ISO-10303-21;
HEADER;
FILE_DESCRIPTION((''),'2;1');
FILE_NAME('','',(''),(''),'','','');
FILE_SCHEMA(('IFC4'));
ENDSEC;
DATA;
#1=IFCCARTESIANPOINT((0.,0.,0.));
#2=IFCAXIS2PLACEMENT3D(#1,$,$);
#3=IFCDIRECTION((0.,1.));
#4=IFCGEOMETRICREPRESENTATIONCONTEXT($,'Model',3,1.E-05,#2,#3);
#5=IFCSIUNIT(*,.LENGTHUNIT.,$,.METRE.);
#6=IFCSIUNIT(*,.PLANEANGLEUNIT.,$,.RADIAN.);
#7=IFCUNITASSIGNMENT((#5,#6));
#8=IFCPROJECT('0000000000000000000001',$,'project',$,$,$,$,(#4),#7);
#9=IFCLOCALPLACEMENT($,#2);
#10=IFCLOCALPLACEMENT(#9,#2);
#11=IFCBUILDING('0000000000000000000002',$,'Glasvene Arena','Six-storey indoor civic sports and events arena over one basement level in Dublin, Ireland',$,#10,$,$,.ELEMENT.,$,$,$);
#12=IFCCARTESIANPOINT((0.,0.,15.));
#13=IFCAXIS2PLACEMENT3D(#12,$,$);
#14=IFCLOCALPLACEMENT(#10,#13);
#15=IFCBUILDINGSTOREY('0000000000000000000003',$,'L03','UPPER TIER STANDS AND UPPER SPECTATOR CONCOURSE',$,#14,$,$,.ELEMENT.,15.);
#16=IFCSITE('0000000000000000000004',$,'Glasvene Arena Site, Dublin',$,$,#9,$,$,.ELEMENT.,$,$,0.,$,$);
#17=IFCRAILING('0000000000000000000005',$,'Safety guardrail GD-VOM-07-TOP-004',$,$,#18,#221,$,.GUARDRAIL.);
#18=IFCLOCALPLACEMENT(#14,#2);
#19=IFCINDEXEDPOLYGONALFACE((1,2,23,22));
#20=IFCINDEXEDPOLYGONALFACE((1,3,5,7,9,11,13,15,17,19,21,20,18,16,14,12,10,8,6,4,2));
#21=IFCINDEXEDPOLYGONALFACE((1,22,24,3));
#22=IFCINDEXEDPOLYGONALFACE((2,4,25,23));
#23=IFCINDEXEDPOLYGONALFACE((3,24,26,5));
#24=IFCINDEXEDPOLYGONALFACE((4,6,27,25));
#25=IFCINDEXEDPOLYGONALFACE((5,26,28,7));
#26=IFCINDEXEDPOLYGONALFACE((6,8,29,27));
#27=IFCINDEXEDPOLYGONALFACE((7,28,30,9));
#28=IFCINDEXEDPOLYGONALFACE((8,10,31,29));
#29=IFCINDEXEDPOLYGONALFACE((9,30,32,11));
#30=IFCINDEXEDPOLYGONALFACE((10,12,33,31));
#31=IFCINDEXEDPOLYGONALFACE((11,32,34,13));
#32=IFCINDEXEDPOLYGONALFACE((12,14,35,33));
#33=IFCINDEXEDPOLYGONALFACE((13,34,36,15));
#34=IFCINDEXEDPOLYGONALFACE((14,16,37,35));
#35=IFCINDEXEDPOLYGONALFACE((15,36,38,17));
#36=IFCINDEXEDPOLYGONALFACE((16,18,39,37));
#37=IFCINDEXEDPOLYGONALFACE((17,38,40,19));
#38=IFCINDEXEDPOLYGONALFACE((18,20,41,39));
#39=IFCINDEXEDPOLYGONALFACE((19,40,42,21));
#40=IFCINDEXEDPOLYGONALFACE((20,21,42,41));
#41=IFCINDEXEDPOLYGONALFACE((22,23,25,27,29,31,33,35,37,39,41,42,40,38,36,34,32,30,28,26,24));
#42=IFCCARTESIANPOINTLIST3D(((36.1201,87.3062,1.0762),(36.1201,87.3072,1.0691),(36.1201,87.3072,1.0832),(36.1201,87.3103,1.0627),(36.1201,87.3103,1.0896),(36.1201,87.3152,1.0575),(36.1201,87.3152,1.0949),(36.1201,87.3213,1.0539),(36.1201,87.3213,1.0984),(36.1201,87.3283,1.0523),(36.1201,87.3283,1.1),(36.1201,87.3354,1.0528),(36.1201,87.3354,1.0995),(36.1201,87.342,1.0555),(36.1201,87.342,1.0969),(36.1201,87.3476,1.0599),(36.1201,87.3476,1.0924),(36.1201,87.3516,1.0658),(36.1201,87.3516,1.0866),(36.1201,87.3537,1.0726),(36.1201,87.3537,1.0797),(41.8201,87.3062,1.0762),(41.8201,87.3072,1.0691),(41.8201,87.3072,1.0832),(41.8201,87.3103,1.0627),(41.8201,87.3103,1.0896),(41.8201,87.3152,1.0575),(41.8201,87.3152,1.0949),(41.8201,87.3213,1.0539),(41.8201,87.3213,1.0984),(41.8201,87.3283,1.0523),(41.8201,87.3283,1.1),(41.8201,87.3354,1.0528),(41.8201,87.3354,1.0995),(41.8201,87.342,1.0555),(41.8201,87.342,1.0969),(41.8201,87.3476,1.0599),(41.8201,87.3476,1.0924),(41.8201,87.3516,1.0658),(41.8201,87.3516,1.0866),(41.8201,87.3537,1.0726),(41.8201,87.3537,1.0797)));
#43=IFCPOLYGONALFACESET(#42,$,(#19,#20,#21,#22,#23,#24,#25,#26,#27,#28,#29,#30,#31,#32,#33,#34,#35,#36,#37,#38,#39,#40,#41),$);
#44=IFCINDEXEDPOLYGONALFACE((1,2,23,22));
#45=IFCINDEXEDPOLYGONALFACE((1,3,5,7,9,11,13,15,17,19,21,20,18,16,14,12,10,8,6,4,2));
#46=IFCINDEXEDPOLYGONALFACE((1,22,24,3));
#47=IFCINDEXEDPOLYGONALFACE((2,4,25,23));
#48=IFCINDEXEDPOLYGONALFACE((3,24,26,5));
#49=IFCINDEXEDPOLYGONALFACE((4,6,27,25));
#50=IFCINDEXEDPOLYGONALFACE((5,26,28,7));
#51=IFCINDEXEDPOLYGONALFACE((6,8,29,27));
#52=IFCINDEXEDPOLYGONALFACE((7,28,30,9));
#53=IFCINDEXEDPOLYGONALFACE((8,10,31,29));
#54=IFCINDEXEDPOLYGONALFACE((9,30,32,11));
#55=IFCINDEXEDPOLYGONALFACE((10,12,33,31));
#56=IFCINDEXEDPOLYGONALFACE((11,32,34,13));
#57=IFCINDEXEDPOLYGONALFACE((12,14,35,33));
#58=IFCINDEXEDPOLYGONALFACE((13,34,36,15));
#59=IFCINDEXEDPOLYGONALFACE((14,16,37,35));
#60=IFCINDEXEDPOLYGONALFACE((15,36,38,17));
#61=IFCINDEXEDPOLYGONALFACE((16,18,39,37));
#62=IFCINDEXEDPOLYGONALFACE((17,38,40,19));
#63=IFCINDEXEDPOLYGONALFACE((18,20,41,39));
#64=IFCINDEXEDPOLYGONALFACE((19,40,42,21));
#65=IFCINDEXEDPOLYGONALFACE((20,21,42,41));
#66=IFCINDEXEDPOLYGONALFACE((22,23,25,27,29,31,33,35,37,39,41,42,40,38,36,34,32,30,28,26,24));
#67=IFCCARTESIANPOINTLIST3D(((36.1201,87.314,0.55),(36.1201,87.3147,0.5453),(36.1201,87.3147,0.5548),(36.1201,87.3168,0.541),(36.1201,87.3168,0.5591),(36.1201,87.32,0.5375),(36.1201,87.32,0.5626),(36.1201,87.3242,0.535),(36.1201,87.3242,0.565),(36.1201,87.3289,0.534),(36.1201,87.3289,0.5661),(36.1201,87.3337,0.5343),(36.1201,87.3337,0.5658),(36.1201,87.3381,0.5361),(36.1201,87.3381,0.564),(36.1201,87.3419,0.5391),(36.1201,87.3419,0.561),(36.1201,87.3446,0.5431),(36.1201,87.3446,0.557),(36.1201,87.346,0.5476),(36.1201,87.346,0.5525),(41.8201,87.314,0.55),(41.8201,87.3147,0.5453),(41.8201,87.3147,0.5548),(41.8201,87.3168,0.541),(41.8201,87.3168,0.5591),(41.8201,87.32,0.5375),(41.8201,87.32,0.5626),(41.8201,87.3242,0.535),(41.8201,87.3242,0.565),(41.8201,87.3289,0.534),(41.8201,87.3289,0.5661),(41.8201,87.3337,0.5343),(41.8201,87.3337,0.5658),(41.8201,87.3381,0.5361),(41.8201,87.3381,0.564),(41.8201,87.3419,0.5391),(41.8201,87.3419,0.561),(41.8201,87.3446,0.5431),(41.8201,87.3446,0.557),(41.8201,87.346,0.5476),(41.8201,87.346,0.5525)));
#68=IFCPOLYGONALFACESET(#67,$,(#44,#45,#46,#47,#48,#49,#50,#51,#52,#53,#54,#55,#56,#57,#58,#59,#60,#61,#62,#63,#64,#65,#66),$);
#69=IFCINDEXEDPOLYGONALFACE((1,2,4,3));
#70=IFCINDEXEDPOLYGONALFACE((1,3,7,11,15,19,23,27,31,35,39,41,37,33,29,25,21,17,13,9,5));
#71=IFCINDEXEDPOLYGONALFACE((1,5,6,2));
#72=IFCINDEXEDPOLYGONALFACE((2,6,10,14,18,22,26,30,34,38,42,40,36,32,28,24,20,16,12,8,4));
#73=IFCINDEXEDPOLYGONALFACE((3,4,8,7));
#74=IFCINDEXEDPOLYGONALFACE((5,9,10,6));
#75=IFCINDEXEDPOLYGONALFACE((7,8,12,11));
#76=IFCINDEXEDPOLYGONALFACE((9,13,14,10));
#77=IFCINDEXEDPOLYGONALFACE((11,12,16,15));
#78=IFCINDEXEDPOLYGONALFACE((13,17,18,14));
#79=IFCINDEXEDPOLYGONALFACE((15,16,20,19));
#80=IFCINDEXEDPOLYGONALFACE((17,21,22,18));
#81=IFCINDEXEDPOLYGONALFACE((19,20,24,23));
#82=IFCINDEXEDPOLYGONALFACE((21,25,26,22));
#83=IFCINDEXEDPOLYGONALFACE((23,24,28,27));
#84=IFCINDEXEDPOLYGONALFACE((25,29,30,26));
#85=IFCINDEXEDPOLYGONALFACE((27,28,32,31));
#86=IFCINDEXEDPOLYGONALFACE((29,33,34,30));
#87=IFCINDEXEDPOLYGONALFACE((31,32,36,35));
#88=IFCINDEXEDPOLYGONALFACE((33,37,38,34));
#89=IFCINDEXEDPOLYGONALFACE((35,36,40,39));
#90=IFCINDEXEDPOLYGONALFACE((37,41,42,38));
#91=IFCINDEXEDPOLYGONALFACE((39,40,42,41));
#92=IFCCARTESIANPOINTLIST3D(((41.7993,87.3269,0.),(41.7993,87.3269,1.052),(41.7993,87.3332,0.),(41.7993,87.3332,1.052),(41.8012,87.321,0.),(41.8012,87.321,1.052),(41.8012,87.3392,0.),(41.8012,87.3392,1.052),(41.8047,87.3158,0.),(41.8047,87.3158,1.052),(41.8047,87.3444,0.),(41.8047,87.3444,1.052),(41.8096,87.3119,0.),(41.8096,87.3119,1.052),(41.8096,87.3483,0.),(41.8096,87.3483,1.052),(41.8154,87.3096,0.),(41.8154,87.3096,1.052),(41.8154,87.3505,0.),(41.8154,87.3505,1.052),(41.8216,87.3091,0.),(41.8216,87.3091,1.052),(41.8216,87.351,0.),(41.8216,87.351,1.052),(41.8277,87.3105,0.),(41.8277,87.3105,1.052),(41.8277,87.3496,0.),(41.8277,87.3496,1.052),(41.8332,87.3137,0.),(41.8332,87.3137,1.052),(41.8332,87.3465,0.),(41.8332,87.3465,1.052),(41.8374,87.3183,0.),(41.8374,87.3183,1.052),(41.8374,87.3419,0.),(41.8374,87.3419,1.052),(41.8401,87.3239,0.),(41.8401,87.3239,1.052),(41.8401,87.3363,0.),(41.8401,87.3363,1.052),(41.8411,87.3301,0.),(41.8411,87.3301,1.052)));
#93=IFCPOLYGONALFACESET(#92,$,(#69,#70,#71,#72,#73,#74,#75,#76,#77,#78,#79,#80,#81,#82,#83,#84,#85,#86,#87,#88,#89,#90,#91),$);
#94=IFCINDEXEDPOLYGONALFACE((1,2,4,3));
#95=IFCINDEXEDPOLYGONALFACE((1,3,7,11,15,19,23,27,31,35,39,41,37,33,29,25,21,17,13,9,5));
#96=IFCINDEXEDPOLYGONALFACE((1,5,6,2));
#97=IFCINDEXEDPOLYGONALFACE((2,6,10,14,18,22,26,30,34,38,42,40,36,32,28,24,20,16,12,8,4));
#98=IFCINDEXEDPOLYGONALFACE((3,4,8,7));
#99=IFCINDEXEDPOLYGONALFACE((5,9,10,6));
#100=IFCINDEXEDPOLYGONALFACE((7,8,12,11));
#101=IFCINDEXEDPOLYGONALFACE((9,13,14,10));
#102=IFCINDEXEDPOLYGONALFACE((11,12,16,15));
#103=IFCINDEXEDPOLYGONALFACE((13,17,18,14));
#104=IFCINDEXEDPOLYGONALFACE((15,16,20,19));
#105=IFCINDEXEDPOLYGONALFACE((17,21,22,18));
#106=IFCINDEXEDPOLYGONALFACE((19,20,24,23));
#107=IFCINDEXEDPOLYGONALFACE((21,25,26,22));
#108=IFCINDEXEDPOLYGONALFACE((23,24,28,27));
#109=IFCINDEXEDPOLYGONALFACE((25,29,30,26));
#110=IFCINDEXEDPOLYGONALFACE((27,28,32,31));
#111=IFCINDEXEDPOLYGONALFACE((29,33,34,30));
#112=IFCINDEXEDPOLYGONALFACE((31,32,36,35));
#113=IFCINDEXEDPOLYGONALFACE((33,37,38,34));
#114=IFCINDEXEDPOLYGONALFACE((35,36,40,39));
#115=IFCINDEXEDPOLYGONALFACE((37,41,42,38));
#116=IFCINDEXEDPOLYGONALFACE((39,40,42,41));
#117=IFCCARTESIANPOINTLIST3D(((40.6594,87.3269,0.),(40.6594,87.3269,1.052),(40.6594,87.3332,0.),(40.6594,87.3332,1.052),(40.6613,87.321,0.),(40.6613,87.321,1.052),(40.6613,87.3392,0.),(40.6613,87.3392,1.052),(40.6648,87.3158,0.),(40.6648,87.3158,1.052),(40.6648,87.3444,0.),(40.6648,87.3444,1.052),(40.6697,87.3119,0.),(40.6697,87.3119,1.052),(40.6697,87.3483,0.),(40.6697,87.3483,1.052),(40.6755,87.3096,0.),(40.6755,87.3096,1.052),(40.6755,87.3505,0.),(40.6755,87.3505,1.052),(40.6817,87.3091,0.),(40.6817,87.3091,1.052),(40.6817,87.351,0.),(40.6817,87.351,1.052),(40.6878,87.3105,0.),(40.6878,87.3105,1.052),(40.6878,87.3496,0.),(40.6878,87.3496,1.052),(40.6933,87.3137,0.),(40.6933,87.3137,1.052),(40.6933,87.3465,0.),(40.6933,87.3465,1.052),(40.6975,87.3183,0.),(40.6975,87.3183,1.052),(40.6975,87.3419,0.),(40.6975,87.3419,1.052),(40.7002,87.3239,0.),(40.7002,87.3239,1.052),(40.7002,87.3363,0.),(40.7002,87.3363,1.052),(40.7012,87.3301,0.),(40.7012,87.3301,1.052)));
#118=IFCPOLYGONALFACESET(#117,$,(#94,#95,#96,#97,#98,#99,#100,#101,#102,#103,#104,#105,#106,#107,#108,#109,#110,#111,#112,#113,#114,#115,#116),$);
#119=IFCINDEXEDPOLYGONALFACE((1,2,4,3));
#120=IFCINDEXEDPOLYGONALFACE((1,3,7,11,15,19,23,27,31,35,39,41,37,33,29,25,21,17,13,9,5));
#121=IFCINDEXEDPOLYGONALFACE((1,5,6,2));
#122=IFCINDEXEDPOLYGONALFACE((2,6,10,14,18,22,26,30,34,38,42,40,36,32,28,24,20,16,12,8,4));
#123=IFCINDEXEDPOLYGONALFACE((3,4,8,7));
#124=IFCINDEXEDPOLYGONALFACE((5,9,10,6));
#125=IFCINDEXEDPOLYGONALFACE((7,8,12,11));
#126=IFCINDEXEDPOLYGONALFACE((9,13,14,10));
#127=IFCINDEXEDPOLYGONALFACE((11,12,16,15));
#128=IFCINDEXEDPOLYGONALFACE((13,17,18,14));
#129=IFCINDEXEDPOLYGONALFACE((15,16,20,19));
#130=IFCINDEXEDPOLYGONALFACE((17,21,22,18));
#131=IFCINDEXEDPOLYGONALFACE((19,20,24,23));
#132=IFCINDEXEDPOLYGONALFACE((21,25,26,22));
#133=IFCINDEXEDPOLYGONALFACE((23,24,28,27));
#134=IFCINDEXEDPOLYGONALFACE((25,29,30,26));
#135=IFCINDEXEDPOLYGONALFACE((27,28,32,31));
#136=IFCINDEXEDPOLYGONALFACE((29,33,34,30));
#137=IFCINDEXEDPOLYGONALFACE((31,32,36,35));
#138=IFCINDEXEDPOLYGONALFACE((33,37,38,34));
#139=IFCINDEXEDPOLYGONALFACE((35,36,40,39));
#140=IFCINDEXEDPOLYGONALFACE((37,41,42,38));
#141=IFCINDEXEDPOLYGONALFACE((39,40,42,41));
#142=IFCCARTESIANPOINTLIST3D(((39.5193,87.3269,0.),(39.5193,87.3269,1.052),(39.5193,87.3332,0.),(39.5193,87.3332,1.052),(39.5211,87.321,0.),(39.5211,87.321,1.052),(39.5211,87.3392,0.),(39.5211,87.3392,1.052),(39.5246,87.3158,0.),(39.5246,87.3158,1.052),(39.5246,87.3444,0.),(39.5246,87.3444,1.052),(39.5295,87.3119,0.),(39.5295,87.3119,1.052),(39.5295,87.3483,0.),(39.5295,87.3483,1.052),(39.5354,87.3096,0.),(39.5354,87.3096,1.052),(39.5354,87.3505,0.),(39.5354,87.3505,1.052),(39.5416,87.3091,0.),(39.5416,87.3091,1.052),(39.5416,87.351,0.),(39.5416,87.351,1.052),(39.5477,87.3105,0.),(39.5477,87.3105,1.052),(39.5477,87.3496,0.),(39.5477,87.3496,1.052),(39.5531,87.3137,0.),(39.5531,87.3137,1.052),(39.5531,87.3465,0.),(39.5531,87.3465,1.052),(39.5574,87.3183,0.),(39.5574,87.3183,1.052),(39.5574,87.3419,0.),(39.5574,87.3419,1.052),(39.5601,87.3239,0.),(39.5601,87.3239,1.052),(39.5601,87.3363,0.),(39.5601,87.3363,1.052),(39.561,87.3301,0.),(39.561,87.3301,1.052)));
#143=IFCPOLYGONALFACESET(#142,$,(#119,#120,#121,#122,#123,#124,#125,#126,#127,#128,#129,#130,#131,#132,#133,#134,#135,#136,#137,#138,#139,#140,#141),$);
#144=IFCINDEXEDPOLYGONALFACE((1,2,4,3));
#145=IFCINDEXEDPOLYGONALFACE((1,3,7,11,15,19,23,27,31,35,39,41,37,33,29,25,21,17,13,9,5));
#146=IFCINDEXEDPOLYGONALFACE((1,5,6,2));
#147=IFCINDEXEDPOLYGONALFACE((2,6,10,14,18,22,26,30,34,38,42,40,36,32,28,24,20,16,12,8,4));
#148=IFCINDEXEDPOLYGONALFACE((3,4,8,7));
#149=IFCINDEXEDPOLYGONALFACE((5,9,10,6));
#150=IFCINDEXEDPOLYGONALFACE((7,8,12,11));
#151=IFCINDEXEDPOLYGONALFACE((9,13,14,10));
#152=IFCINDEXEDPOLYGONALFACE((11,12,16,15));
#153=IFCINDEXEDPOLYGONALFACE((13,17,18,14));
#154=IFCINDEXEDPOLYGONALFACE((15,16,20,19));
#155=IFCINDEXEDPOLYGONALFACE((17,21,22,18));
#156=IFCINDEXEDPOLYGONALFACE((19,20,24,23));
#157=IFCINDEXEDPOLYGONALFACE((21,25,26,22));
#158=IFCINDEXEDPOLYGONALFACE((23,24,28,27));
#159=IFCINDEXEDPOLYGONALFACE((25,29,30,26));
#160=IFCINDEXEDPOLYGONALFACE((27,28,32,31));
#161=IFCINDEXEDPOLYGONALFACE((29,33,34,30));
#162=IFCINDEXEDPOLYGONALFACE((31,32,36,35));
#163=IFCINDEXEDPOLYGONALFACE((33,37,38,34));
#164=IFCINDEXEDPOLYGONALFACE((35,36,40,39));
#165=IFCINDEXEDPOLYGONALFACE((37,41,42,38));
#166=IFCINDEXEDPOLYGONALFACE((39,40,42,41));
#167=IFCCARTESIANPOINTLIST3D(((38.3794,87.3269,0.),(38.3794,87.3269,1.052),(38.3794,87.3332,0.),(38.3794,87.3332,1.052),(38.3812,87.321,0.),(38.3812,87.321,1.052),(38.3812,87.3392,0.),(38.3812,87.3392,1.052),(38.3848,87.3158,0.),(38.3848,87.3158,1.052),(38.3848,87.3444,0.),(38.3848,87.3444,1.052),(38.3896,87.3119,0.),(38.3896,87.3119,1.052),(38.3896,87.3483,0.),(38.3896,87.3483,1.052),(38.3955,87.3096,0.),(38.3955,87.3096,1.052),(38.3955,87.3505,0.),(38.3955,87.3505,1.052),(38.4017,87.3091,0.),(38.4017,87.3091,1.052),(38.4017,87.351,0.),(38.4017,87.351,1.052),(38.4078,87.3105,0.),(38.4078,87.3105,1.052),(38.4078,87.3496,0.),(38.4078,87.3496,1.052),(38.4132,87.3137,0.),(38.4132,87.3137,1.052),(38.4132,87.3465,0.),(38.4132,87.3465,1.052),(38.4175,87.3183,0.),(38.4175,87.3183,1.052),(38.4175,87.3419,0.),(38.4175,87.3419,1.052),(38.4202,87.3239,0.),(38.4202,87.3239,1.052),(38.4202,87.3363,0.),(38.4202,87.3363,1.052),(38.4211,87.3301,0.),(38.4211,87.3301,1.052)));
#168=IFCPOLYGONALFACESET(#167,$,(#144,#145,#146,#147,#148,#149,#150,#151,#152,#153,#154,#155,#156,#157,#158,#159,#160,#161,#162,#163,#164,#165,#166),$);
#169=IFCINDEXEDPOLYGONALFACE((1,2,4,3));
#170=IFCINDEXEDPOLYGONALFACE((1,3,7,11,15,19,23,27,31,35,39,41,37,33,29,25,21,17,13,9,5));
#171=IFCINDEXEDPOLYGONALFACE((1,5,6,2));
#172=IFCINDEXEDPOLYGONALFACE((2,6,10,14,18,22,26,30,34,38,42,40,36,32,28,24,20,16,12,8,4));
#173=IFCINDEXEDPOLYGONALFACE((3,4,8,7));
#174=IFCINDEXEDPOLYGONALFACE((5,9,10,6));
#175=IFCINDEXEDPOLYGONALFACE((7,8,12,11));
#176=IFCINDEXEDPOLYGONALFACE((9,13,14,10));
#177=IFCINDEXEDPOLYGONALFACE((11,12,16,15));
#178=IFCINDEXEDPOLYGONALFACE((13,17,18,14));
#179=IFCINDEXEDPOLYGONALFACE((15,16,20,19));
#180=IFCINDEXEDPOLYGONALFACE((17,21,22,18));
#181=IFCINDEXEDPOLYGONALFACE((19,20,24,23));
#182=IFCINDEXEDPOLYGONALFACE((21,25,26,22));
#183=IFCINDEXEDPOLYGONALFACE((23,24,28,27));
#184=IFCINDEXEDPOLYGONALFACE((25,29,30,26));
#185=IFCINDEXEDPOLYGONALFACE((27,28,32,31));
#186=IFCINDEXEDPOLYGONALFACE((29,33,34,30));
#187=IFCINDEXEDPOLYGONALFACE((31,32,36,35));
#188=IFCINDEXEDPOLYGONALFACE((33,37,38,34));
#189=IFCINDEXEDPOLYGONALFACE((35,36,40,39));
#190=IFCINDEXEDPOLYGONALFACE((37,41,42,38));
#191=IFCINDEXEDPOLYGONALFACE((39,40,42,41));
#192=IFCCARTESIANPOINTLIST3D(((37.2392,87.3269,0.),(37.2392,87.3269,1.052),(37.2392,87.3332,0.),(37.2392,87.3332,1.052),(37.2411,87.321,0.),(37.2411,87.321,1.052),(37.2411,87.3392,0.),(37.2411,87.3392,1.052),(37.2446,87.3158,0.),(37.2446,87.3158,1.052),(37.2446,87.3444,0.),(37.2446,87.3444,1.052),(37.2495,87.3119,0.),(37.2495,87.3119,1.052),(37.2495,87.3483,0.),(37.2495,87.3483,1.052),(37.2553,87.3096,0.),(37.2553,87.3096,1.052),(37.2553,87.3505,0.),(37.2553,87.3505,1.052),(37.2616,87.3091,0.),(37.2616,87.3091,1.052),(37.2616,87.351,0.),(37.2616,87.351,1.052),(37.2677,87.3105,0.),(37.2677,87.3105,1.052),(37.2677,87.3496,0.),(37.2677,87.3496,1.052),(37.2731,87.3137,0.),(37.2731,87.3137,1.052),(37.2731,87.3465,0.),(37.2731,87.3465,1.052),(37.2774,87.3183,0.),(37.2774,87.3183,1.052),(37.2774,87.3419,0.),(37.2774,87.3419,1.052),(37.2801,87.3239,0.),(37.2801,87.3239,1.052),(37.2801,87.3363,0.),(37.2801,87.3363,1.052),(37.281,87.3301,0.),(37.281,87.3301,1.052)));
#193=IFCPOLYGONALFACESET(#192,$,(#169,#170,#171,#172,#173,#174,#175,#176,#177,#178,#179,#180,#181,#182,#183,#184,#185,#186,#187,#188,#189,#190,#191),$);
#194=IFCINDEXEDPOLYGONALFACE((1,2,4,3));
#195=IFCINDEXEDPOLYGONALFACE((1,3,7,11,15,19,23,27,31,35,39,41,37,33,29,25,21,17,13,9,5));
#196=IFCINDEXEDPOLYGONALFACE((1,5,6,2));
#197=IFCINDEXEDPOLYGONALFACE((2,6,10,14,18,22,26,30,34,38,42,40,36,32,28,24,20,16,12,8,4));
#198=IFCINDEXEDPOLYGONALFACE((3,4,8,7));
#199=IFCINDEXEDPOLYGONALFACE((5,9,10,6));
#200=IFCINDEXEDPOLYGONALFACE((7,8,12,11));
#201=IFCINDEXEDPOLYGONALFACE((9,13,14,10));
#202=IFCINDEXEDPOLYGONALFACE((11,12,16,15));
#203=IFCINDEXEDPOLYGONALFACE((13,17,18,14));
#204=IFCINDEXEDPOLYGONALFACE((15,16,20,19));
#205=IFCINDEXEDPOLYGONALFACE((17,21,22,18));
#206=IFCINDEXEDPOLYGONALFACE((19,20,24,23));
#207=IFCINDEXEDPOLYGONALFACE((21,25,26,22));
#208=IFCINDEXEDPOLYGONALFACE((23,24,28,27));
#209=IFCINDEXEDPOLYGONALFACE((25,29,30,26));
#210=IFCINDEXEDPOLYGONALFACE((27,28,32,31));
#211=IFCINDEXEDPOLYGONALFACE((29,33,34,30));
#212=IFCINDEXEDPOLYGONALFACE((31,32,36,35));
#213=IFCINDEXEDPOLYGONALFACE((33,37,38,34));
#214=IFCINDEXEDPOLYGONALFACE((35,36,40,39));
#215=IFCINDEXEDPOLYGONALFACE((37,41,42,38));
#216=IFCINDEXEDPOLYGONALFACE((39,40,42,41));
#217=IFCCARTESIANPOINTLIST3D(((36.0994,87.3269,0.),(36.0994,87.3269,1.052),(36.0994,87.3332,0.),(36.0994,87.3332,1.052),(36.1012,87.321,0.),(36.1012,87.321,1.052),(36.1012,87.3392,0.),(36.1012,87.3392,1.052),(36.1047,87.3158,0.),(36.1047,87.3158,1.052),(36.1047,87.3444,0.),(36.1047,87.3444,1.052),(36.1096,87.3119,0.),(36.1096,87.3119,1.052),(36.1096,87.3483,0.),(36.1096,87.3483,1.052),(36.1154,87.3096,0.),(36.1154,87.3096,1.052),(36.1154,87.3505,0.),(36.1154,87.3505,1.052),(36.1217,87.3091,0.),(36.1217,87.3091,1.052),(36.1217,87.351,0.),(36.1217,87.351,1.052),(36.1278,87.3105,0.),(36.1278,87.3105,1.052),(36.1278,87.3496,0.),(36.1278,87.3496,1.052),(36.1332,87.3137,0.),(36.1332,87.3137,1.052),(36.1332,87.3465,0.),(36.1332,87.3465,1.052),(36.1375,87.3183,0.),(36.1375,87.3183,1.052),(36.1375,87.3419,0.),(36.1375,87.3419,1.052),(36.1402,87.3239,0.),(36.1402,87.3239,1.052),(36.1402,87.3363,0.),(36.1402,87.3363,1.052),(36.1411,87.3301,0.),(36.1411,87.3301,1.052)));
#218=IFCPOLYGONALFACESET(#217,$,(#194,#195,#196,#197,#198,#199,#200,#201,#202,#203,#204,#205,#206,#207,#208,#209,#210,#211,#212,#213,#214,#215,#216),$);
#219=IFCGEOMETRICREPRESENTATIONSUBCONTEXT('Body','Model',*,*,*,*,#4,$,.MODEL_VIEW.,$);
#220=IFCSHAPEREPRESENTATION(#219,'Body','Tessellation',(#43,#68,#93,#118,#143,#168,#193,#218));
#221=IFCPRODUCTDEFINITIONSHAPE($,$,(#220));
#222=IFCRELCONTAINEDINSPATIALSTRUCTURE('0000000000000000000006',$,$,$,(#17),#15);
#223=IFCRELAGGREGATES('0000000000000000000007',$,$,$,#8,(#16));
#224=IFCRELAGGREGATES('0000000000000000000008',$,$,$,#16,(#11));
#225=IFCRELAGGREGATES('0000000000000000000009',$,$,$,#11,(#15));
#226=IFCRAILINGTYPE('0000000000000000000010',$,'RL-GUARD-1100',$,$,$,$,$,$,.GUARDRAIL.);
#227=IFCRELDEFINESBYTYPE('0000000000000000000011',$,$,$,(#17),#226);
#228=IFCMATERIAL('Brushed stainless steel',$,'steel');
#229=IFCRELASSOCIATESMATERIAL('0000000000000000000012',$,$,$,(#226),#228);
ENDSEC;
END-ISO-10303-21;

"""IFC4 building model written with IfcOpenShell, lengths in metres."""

from ifc_helpers import new_model, si_unit, direction, frame, origin, origin_2d, place, context, subcontext, project, spatial, circle, extrude, material, type_object, element, save


model = new_model("IFC4")

# Units and contexts
model_context = context("Model", 3, precision=1e-05, world=origin(), true_north=direction((0.0, 1.0)))
body_context = subcontext(model_context, "Body", "Model", "MODEL_VIEW")
ifc_project = project(units=[si_unit("LENGTHUNIT", "METRE"), si_unit("PLANEANGLEUNIT", "RADIAN")], contexts=[model_context])

# Site, building, storey
site_placement = place(None, origin())
site = spatial("IfcSite", under=ifc_project, at=site_placement, Name="Glasvene Arena Site, Dublin", CompositionType="ELEMENT", RefElevation=0.0)
building_placement = place(site_placement, origin())
building = spatial("IfcBuilding", under=site, at=building_placement, Name="Glasvene Arena", Description="Six-storey indoor civic sports and events arena over one basement level in Dublin, Ireland", CompositionType="ELEMENT")
storey_placement = place(building_placement, frame((0.0, 0.0, 15.0)))
storey = spatial("IfcBuildingStorey", under=building, at=storey_placement, Name="L03", Description="UPPER TIER STANDS AND UPPER SPECTATOR CONCOURSE", CompositionType="ELEMENT", Elevation=15.0)

# Railing
ifc_material_1 = material(Name="Brushed stainless steel", Category="steel")
railing_type_1 = type_object("IfcRailingType", Name="RL-GUARD-1100", PredefinedType="GUARDRAIL", material=ifc_material_1)
railing_1_placement = place(storey_placement, frame((41.8201, 87.3301, 0.0)))
element("IfcRailing", 1, at=railing_1_placement, inside=storey, type_object=railing_type_1, Name="Safety guardrail GD-VOM-07-TOP-004", PredefinedType="GUARDRAIL", context=body_context, shape_type="SweptSolid", body=[
    extrude(circle(Radius=0.0239, at=origin_2d()), frame((0.0, 0.0, 1.0762), z_axis=(-1.0, 0.0, 0.0), x_axis=(0.0, -1.0, 0.0)), (0.0, 0.0, 1.0), 5.7),
    extrude(circle(Radius=0.0161, at=origin_2d()), frame((0.0, 0.0, 0.55), z_axis=(-1.0, 0.0, 0.0), x_axis=(0.0, -1.0, 0.0)), (0.0, 0.0, 1.0), 5.7),
    extrude(circle(Radius=0.021, at=origin_2d()), origin(), (0.0, 0.0, 1.0), 1.052),
    extrude(circle(Radius=0.021, at=origin_2d()), frame((-1.1399, 0.0, 0.0)), (0.0, 0.0, 1.0), 1.052),
    extrude(circle(Radius=0.021, at=origin_2d()), frame((-2.28, 0.0, 0.0)), (0.0, 0.0, 1.0), 1.052),
    extrude(circle(Radius=0.021, at=origin_2d()), frame((-3.4199, 0.0, 0.0)), (0.0, 0.0, 1.0), 1.052),
    extrude(circle(Radius=0.021, at=origin_2d()), frame((-4.5601, 0.0, 0.0)), (0.0, 0.0, 1.0), 1.052),
    extrude(circle(Radius=0.021, at=origin_2d()), frame((-5.7, 0.0, 0.0)), (0.0, 0.0, 1.0), 1.052),
])

save(model, "model.ifc")
